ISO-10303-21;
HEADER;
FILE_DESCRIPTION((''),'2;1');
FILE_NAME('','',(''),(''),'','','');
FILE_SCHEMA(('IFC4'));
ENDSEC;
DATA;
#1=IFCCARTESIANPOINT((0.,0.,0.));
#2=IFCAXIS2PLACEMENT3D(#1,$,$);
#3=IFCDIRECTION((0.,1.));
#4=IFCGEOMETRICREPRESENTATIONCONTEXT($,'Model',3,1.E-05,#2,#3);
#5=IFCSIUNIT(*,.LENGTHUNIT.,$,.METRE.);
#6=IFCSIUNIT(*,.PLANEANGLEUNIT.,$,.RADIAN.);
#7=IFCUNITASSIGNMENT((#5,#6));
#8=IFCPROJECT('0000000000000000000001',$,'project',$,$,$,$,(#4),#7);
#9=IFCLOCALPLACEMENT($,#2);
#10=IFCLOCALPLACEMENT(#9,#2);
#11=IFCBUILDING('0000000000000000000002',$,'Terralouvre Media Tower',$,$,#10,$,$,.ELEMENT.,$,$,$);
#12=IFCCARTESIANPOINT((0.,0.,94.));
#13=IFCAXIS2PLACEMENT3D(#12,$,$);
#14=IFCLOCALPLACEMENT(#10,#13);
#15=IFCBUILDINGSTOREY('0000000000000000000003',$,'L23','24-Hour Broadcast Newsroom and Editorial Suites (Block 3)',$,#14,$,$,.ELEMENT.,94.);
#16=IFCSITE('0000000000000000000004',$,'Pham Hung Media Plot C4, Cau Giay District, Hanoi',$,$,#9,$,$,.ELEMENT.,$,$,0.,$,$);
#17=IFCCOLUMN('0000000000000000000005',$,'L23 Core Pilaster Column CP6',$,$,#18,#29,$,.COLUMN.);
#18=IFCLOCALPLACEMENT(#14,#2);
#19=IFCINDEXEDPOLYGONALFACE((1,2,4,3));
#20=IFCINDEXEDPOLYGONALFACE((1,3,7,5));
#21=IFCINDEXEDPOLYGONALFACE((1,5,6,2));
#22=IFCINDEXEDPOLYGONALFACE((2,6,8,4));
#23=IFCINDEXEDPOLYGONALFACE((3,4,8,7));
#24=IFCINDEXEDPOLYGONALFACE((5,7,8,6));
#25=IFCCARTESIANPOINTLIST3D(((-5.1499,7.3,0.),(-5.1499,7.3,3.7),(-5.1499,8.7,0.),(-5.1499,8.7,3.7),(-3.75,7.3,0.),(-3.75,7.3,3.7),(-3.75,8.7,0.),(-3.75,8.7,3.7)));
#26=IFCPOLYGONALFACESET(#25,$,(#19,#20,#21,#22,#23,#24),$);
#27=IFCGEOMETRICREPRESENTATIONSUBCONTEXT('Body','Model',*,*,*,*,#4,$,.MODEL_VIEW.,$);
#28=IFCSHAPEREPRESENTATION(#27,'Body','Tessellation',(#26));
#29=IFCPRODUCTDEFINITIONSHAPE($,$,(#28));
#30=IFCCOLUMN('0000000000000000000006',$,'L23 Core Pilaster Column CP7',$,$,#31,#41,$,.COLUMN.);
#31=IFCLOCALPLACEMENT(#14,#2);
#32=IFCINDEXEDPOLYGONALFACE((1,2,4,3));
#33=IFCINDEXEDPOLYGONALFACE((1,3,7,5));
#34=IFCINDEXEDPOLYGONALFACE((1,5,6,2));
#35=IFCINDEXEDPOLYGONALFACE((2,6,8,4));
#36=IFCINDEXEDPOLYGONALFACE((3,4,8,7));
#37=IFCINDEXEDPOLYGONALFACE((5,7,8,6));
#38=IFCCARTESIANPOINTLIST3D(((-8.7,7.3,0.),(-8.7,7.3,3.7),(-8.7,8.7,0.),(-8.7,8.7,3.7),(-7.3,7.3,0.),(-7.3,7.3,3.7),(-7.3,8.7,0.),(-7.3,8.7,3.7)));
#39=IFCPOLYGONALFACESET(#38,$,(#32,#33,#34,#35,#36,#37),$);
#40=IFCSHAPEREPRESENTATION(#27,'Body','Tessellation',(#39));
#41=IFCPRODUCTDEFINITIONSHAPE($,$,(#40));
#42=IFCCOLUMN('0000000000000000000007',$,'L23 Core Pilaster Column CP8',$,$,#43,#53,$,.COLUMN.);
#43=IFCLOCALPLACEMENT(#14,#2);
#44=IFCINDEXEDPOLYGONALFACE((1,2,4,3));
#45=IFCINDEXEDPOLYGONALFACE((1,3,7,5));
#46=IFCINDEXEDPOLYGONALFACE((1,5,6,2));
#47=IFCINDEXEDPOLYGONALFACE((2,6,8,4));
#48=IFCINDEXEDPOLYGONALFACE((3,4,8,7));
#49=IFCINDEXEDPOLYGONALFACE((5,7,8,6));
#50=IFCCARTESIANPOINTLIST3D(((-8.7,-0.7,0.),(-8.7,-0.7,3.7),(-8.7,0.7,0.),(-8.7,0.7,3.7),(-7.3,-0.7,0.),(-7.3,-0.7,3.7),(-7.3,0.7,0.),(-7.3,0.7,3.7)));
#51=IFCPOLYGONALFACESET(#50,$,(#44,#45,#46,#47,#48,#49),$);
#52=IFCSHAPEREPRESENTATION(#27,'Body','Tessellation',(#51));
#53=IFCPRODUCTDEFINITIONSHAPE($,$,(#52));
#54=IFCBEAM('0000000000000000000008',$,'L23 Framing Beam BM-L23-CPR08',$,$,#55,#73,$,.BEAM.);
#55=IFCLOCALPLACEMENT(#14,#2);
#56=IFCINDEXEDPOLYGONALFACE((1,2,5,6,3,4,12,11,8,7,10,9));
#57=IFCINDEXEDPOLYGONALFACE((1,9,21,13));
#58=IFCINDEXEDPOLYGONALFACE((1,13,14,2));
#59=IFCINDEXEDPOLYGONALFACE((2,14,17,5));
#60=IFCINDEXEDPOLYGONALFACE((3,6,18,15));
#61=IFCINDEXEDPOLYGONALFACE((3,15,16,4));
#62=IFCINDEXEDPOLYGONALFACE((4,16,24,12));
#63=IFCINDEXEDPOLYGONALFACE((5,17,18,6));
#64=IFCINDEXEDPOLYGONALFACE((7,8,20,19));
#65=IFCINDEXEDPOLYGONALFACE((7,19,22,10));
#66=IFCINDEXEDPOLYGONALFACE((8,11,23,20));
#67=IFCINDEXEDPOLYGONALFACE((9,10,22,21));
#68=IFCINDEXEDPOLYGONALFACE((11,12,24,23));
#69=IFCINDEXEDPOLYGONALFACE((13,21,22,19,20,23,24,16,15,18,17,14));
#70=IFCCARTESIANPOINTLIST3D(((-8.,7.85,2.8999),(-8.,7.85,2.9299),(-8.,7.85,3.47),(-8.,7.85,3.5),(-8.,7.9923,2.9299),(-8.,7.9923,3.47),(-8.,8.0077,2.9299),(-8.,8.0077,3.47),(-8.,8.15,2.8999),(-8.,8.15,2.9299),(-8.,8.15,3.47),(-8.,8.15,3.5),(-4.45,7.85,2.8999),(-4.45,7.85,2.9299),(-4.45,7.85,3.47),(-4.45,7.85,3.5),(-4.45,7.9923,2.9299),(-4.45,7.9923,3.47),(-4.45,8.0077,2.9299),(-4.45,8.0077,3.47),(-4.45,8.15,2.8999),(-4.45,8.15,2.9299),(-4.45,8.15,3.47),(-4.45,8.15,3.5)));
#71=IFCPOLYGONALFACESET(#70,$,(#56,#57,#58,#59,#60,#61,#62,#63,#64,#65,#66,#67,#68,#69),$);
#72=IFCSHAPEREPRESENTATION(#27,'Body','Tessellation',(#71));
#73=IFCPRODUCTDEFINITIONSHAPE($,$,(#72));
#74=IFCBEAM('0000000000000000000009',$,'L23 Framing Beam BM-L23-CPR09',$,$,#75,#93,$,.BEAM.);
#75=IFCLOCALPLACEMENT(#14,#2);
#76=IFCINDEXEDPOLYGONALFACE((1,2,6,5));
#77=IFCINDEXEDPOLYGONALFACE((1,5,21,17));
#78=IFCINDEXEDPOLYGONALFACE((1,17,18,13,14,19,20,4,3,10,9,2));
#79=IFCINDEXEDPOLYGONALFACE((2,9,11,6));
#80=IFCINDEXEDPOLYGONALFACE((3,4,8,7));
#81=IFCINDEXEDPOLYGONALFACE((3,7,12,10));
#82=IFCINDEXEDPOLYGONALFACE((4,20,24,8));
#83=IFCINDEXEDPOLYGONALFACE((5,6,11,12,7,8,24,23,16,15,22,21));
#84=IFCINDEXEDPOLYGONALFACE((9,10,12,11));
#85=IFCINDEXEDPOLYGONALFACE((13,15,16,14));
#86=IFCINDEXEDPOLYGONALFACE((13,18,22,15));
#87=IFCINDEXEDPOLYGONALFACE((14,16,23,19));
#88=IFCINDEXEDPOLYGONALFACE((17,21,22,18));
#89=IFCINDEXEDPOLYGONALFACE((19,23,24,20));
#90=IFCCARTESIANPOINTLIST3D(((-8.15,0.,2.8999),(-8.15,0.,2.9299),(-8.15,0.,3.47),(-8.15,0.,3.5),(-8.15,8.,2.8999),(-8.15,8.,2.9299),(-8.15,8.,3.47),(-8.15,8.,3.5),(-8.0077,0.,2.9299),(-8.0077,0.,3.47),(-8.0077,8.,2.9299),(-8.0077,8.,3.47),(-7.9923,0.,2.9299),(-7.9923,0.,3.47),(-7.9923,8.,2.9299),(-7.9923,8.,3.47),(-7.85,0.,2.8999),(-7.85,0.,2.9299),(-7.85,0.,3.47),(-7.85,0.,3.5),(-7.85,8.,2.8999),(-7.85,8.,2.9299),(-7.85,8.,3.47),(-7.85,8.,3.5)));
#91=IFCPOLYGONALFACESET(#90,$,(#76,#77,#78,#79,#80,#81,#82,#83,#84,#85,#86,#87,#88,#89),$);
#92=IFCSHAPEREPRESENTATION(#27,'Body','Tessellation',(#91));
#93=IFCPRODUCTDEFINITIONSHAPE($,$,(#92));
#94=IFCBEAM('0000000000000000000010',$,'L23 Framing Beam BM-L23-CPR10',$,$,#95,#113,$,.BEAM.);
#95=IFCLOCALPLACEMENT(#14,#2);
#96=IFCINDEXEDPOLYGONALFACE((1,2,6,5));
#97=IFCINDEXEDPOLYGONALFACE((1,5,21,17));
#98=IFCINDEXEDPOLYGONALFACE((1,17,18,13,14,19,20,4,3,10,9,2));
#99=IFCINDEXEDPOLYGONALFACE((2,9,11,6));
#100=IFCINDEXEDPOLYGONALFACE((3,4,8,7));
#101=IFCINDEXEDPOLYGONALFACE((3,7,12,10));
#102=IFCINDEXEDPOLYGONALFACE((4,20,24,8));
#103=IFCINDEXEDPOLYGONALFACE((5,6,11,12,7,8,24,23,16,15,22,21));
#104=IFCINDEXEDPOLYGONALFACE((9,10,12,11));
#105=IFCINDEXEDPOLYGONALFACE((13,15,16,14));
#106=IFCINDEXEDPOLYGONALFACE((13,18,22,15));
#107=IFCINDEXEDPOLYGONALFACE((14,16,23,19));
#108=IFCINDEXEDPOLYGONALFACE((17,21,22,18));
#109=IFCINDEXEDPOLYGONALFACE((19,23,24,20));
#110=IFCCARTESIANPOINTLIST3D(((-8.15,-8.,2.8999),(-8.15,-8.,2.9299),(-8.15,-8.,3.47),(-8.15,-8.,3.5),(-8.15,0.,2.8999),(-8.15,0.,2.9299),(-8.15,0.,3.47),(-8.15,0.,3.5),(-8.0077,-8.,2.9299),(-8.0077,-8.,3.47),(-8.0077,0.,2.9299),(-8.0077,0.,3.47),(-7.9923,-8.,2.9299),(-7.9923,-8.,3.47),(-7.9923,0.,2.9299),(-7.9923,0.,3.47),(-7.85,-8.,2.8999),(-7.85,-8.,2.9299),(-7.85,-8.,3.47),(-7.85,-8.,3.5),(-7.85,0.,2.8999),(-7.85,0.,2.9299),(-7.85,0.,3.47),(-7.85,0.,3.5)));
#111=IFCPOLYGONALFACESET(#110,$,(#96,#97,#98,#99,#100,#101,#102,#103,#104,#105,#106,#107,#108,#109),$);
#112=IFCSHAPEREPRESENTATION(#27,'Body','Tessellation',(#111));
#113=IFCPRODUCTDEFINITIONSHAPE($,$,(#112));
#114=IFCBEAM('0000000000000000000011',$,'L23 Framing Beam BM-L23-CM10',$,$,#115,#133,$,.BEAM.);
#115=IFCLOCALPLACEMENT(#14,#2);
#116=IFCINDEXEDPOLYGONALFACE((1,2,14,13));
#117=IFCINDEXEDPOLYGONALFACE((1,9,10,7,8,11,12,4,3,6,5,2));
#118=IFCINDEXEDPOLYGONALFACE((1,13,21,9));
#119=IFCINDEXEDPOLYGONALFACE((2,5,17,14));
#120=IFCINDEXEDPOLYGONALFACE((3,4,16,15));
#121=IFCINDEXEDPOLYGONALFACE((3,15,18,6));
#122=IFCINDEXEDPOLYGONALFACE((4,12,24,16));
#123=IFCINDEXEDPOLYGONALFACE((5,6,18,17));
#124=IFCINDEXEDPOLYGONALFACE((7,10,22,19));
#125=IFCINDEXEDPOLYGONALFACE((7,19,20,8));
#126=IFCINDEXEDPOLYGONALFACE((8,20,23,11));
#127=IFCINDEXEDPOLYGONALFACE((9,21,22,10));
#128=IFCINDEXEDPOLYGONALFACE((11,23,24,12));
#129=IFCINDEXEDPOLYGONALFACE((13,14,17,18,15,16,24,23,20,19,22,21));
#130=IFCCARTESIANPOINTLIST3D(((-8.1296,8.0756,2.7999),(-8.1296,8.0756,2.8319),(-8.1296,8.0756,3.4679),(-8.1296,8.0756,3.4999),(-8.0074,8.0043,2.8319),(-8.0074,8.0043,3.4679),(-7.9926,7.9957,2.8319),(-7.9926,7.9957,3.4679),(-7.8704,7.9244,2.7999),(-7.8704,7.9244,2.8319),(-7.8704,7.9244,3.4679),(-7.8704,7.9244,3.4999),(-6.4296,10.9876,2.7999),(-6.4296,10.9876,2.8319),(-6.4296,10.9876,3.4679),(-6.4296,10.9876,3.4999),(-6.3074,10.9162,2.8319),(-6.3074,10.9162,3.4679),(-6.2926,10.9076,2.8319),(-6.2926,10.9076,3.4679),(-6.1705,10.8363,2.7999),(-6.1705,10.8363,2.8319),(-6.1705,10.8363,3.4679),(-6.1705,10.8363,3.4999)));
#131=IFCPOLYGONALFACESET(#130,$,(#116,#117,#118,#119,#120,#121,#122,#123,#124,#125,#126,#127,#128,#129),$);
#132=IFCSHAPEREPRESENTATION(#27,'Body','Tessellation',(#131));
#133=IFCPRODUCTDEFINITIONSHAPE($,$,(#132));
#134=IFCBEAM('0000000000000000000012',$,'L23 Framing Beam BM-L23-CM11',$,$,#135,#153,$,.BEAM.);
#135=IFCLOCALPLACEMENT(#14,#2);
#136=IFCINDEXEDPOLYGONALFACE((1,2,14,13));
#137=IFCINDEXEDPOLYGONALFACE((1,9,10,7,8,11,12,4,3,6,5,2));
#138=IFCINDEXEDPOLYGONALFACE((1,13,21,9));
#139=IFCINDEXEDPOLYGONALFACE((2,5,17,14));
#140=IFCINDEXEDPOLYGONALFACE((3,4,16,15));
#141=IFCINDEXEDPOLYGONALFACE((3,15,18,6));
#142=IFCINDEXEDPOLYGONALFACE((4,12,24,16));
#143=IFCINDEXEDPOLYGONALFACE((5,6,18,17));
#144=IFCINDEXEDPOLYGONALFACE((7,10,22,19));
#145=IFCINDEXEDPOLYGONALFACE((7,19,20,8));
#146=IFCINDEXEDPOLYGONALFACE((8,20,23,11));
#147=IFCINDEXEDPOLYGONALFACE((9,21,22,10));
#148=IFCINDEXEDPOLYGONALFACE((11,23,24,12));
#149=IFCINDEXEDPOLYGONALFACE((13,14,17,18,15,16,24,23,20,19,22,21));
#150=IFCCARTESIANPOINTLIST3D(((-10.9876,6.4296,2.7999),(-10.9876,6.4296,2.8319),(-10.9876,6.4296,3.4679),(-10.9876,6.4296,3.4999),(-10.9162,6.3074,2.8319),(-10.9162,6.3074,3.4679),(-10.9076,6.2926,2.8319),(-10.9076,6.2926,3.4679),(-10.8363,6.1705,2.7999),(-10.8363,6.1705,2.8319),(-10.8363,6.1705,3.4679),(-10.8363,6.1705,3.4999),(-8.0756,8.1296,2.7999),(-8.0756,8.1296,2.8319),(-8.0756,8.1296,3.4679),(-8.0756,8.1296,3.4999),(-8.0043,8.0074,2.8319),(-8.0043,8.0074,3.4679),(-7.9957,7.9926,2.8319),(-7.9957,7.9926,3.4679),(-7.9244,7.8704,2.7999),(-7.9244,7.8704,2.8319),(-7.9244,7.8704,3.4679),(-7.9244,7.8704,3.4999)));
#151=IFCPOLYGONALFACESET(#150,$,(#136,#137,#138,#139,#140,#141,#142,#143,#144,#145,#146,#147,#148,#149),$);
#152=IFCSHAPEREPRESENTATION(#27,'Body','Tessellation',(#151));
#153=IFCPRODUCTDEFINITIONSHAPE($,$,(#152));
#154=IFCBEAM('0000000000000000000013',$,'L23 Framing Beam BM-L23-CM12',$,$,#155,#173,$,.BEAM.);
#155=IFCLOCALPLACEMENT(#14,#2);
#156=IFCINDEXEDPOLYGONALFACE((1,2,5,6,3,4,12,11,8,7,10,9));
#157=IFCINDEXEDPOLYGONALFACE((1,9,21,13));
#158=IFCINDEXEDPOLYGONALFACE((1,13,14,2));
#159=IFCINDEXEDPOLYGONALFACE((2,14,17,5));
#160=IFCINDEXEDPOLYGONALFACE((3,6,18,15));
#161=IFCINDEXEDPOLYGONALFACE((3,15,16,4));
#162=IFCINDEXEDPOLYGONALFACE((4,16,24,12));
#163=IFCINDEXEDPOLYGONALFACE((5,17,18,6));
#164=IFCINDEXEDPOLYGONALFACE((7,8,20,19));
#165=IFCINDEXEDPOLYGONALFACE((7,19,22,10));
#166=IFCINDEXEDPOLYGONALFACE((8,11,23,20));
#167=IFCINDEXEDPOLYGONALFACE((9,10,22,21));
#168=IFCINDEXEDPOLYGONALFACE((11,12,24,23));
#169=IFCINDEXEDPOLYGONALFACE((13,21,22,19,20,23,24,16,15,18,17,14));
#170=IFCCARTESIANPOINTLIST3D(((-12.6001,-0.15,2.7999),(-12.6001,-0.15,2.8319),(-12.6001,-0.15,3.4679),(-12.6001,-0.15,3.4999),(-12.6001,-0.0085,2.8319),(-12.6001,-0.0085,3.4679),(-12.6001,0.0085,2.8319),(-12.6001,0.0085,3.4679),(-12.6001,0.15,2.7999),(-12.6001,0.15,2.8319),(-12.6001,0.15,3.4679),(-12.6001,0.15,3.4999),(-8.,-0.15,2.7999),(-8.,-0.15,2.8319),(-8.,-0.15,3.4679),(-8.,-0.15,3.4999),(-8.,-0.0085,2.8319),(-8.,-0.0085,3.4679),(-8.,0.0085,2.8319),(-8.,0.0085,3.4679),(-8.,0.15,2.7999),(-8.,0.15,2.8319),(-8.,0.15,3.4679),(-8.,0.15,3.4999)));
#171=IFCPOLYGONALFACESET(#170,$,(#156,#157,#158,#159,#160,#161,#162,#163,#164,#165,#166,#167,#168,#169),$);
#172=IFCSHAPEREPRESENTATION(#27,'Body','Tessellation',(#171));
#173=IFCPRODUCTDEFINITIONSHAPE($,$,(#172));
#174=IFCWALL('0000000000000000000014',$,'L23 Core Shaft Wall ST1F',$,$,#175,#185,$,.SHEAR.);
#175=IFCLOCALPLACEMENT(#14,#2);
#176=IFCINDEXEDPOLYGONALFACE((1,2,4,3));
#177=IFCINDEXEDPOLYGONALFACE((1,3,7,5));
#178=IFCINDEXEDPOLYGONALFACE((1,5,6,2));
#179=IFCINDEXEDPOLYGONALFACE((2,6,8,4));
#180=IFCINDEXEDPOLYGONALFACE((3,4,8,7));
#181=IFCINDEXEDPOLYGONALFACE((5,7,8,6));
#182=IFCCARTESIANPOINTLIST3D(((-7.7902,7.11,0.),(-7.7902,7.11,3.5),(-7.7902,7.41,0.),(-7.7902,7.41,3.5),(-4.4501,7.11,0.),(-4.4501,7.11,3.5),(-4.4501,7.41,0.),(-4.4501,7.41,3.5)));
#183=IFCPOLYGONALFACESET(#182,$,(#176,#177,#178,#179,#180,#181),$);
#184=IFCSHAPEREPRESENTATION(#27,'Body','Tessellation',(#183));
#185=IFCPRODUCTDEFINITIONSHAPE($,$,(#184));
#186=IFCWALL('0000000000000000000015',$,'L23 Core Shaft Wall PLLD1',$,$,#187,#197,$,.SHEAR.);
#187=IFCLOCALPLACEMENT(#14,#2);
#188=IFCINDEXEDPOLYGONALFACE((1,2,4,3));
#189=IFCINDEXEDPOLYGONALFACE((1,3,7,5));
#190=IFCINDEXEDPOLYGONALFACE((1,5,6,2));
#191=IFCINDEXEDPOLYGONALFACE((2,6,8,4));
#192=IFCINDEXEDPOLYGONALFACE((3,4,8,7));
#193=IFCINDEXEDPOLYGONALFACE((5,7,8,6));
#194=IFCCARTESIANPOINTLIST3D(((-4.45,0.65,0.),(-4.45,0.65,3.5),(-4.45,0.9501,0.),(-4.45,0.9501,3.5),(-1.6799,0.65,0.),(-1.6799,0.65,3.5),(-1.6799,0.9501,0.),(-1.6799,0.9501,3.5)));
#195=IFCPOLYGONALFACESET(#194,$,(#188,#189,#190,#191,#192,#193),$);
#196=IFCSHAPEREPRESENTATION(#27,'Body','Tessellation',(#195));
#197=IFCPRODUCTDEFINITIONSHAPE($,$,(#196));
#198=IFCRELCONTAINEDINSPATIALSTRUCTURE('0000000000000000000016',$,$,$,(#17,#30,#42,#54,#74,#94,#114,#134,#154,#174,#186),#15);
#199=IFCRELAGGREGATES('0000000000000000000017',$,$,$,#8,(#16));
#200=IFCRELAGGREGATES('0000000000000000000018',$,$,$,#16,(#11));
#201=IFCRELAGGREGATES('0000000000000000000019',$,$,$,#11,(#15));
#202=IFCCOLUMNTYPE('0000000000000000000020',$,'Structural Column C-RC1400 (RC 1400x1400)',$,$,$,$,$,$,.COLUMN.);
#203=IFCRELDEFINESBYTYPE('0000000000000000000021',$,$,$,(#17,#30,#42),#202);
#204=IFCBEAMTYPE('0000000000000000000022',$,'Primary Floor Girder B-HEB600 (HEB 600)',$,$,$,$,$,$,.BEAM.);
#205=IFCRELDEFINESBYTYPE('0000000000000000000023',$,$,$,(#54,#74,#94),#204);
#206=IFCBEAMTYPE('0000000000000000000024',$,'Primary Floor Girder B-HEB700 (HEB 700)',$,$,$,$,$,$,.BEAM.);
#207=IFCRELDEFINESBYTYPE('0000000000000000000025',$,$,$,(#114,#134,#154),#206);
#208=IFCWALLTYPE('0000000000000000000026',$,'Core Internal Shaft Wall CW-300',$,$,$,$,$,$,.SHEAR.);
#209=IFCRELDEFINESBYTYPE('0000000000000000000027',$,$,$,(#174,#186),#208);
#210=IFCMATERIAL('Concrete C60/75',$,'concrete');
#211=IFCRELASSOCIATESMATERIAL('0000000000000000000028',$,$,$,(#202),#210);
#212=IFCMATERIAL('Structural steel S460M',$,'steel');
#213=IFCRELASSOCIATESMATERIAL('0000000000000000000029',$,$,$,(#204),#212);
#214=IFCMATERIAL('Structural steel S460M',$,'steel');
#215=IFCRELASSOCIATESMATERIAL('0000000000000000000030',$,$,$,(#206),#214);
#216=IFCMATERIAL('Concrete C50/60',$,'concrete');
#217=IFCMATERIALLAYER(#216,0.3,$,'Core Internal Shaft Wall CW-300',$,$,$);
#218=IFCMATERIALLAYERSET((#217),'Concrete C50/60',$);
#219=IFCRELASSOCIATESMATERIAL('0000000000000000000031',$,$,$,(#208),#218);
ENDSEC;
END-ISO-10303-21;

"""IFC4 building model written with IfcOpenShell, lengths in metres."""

from ifc_helpers import new_model, si_unit, direction, frame, frame_2d, origin, origin_2d, place, context, subcontext, project, spatial, rectangle, i_section, extrude, material, layer, layer_set, material_profile, profile_set, type_object, element, save


model = new_model("IFC4")

# Units and contexts
model_context = context("Model", 3, precision=1e-05, world=origin(), true_north=direction((0.0, 1.0)))
body_context = subcontext(model_context, "Body", "Model", "MODEL_VIEW")
ifc_project = project(units=[si_unit("LENGTHUNIT", "METRE"), si_unit("PLANEANGLEUNIT", "RADIAN")], contexts=[model_context])

# Site, building, storey
site_placement = place(None, origin())
site = spatial("IfcSite", under=ifc_project, at=site_placement, Name="Pham Hung Media Plot C4, Cau Giay District, Hanoi", CompositionType="ELEMENT", RefElevation=0.0)
building_placement = place(site_placement, origin())
building = spatial("IfcBuilding", under=site, at=building_placement, Name="Terralouvre Media Tower", CompositionType="ELEMENT")
storey_placement = place(building_placement, frame((0.0, 0.0, 94.0)))
storey = spatial("IfcBuildingStorey", under=building, at=storey_placement, Name="L23", Description="24-Hour Broadcast Newsroom and Editorial Suites (Block 3)", CompositionType="ELEMENT", Elevation=94.0)

# Columns
ifc_material_1 = material(Name="Concrete C60/75", Category="concrete")
ifc_material_profile_1 = material_profile(ifc_material_1, rectangle(XDim=1.3999, YDim=1.3999, at=origin_2d()), Name="RC 1400x1400")
ifc_profile_set_1 = profile_set([ifc_material_profile_1], Name="Concrete C60/75")
column_type = type_object("IfcColumnType", Name="Structural Column C-RC1400 (RC 1400x1400)", PredefinedType="COLUMN", material=ifc_profile_set_1)
for number, where, z_axis, x_axis, name in (
    (1, (-4.45, 8.0, 0.0), (0.0, 0.0, 1.0), (1.0, 0.0, 0.0), "L23 Core Pilaster Column CP6"),
    (2, (-8.0, 8.0, 0.0), (0.0, 0.0, 1.0), (1.0, 0.0, 0.0), "L23 Core Pilaster Column CP7"),
    (3, (-8.0, 0.0, 0.0), (0.0, 0.0, 1.0), (1.0, 0.0, 0.0), "L23 Core Pilaster Column CP8"),
):
    element("IfcColumn", number, at=place(storey_placement, frame(where, z_axis=z_axis, x_axis=x_axis)), inside=storey, type_object=column_type, Name=name, PredefinedType="COLUMN", context=body_context, shape_type="SweptSolid", body=[
        extrude(rectangle(XDim=1.3999, YDim=1.3999, at=origin_2d()), origin(), (0.0, 0.0, 1.0), 3.7),
    ])

# Beams
ifc_material_2 = material(Name="Structural steel S460M", Category="steel")
ifc_material_profile_2 = material_profile(ifc_material_2, i_section(OverallWidth=0.3, OverallDepth=0.6001, WebThickness=0.0154, FlangeThickness=0.03, at=origin_2d()), Name="HEB 600")
ifc_profile_set_2 = profile_set([ifc_material_profile_2], Name="Structural steel S460M")
beam_type_1 = type_object("IfcBeamType", Name="Primary Floor Girder B-HEB600 (HEB 600)", PredefinedType="BEAM", material=ifc_profile_set_2)
beam_1_placement = place(storey_placement, frame((-4.45, 8.0, 3.2), z_axis=(-1.0, 0.0, 0.0), x_axis=(0.0, -1.0, 0.0)))
element("IfcBeam", 4, at=beam_1_placement, inside=storey, type_object=beam_type_1, Name="L23 Framing Beam BM-L23-CPR08", PredefinedType="BEAM", context=body_context, shape_type="SweptSolid", body=[
    extrude(i_section(OverallWidth=0.3, OverallDepth=0.6001, WebThickness=0.0154, FlangeThickness=0.03, at=origin_2d()), origin(), (0.0, 0.0, 1.0), 3.55),
])
for number, where, z_axis, x_axis, name in (
    (5, (-8.0, 8.0, 3.2), (0.0, -1.0, 0.0), (1.0, 0.0, 0.0), "L23 Framing Beam BM-L23-CPR09"),
    (6, (-8.0, 0.0, 3.2), (0.0, -1.0, 0.0), (1.0, 0.0, 0.0), "L23 Framing Beam BM-L23-CPR10"),
):
    element("IfcBeam", number, at=place(storey_placement, frame(where, z_axis=z_axis, x_axis=x_axis)), inside=storey, type_object=beam_type_1, Name=name, PredefinedType="BEAM", context=body_context, shape_type="SweptSolid", body=[
        extrude(i_section(OverallWidth=0.3, OverallDepth=0.6001, WebThickness=0.0154, FlangeThickness=0.03, at=origin_2d()), origin(), (0.0, 0.0, 1.0), 8.0),
    ])
ifc_material_3 = material(Name="Structural steel S460M", Category="steel")
ifc_material_profile_3 = material_profile(ifc_material_3, i_section(OverallWidth=0.3, OverallDepth=0.7, WebThickness=0.0171, FlangeThickness=0.032, at=origin_2d()), Name="HEB 700")
ifc_profile_set_3 = profile_set([ifc_material_profile_3], Name="Structural steel S460M")
beam_type_2 = type_object("IfcBeamType", Name="Primary Floor Girder B-HEB700 (HEB 700)", PredefinedType="BEAM", material=ifc_profile_set_3)
for number, where, z_axis, x_axis, name in (
    (7, (-8.0, 8.0, 3.1499), (0.504173, 0.863603, 0.0), (-0.863603, 0.504173, 0.0), "L23 Framing Beam BM-L23-CM10"),
    (8, (-8.0, 8.0, 3.1499), (-0.863603, -0.504173, 0.0), (0.504173, -0.863603, 0.0), "L23 Framing Beam BM-L23-CM11"),
):
    element("IfcBeam", number, at=place(storey_placement, frame(where, z_axis=z_axis, x_axis=x_axis)), inside=storey, type_object=beam_type_2, Name=name, PredefinedType="BEAM", context=body_context, shape_type="SweptSolid", body=[
        extrude(i_section(OverallWidth=0.3, OverallDepth=0.7, WebThickness=0.0171, FlangeThickness=0.032, at=origin_2d()), origin(), (0.0, 0.0, 1.0), 3.3718),
    ])
beam_2_placement = place(storey_placement, frame((-8.0, 0.0, 3.1499), z_axis=(-1.0, 0.0, 0.0), x_axis=(0.0, -1.0, 0.0)))
element("IfcBeam", 9, at=beam_2_placement, inside=storey, type_object=beam_type_2, Name="L23 Framing Beam BM-L23-CM12", PredefinedType="BEAM", context=body_context, shape_type="SweptSolid", body=[
    extrude(i_section(OverallWidth=0.3, OverallDepth=0.7, WebThickness=0.0171, FlangeThickness=0.032, at=origin_2d()), origin(), (0.0, 0.0, 1.0), 4.6001),
])

# Shared definitions
ifc_material_4 = material(Name="Concrete C50/60", Category="concrete")
ifc_layer_1 = layer(ifc_material_4, 0.3, Name="Core Internal Shaft Wall CW-300")
ifc_layer_set_1 = layer_set([ifc_layer_1], Name="Concrete C50/60")
wall_type_1 = type_object("IfcWallType", Name="Core Internal Shaft Wall CW-300", PredefinedType="SHEAR", material=ifc_layer_set_1)

# Walls
wall_1_placement = place(storey_placement, frame((-7.79, 7.26, 0.0), z_axis=(0.0, 0.0, 1.0), x_axis=(1.0, 0.0, 0.0)))
element("IfcWall", 10, at=wall_1_placement, inside=storey, type_object=wall_type_1, Name="L23 Core Shaft Wall ST1F", PredefinedType="SHEAR", context=body_context, shape_type="SweptSolid", body=[
    extrude(rectangle(XDim=3.3401, YDim=0.3, at=frame_2d((1.6699, 0.0))), origin(), (0.0, 0.0, 1.0), 3.5),
])
for number, where, z_axis, x_axis, name in (
    (11, (-4.45, 0.8, 0.0), (0.0, 0.0, 1.0), (1.0, 0.0, 0.0), "L23 Core Shaft Wall PLLD1"),
):
    element("IfcWall", number, at=place(storey_placement, frame(where, z_axis=z_axis, x_axis=x_axis)), inside=storey, type_object=wall_type_1, Name=name, PredefinedType="SHEAR", context=body_context, shape_type="SweptSolid", body=[
        extrude(rectangle(XDim=2.77, YDim=0.3, at=frame_2d((1.385, 0.0))), origin(), (0.0, 0.0, 1.0), 3.5),
    ])

save(model, "model.ifc")
